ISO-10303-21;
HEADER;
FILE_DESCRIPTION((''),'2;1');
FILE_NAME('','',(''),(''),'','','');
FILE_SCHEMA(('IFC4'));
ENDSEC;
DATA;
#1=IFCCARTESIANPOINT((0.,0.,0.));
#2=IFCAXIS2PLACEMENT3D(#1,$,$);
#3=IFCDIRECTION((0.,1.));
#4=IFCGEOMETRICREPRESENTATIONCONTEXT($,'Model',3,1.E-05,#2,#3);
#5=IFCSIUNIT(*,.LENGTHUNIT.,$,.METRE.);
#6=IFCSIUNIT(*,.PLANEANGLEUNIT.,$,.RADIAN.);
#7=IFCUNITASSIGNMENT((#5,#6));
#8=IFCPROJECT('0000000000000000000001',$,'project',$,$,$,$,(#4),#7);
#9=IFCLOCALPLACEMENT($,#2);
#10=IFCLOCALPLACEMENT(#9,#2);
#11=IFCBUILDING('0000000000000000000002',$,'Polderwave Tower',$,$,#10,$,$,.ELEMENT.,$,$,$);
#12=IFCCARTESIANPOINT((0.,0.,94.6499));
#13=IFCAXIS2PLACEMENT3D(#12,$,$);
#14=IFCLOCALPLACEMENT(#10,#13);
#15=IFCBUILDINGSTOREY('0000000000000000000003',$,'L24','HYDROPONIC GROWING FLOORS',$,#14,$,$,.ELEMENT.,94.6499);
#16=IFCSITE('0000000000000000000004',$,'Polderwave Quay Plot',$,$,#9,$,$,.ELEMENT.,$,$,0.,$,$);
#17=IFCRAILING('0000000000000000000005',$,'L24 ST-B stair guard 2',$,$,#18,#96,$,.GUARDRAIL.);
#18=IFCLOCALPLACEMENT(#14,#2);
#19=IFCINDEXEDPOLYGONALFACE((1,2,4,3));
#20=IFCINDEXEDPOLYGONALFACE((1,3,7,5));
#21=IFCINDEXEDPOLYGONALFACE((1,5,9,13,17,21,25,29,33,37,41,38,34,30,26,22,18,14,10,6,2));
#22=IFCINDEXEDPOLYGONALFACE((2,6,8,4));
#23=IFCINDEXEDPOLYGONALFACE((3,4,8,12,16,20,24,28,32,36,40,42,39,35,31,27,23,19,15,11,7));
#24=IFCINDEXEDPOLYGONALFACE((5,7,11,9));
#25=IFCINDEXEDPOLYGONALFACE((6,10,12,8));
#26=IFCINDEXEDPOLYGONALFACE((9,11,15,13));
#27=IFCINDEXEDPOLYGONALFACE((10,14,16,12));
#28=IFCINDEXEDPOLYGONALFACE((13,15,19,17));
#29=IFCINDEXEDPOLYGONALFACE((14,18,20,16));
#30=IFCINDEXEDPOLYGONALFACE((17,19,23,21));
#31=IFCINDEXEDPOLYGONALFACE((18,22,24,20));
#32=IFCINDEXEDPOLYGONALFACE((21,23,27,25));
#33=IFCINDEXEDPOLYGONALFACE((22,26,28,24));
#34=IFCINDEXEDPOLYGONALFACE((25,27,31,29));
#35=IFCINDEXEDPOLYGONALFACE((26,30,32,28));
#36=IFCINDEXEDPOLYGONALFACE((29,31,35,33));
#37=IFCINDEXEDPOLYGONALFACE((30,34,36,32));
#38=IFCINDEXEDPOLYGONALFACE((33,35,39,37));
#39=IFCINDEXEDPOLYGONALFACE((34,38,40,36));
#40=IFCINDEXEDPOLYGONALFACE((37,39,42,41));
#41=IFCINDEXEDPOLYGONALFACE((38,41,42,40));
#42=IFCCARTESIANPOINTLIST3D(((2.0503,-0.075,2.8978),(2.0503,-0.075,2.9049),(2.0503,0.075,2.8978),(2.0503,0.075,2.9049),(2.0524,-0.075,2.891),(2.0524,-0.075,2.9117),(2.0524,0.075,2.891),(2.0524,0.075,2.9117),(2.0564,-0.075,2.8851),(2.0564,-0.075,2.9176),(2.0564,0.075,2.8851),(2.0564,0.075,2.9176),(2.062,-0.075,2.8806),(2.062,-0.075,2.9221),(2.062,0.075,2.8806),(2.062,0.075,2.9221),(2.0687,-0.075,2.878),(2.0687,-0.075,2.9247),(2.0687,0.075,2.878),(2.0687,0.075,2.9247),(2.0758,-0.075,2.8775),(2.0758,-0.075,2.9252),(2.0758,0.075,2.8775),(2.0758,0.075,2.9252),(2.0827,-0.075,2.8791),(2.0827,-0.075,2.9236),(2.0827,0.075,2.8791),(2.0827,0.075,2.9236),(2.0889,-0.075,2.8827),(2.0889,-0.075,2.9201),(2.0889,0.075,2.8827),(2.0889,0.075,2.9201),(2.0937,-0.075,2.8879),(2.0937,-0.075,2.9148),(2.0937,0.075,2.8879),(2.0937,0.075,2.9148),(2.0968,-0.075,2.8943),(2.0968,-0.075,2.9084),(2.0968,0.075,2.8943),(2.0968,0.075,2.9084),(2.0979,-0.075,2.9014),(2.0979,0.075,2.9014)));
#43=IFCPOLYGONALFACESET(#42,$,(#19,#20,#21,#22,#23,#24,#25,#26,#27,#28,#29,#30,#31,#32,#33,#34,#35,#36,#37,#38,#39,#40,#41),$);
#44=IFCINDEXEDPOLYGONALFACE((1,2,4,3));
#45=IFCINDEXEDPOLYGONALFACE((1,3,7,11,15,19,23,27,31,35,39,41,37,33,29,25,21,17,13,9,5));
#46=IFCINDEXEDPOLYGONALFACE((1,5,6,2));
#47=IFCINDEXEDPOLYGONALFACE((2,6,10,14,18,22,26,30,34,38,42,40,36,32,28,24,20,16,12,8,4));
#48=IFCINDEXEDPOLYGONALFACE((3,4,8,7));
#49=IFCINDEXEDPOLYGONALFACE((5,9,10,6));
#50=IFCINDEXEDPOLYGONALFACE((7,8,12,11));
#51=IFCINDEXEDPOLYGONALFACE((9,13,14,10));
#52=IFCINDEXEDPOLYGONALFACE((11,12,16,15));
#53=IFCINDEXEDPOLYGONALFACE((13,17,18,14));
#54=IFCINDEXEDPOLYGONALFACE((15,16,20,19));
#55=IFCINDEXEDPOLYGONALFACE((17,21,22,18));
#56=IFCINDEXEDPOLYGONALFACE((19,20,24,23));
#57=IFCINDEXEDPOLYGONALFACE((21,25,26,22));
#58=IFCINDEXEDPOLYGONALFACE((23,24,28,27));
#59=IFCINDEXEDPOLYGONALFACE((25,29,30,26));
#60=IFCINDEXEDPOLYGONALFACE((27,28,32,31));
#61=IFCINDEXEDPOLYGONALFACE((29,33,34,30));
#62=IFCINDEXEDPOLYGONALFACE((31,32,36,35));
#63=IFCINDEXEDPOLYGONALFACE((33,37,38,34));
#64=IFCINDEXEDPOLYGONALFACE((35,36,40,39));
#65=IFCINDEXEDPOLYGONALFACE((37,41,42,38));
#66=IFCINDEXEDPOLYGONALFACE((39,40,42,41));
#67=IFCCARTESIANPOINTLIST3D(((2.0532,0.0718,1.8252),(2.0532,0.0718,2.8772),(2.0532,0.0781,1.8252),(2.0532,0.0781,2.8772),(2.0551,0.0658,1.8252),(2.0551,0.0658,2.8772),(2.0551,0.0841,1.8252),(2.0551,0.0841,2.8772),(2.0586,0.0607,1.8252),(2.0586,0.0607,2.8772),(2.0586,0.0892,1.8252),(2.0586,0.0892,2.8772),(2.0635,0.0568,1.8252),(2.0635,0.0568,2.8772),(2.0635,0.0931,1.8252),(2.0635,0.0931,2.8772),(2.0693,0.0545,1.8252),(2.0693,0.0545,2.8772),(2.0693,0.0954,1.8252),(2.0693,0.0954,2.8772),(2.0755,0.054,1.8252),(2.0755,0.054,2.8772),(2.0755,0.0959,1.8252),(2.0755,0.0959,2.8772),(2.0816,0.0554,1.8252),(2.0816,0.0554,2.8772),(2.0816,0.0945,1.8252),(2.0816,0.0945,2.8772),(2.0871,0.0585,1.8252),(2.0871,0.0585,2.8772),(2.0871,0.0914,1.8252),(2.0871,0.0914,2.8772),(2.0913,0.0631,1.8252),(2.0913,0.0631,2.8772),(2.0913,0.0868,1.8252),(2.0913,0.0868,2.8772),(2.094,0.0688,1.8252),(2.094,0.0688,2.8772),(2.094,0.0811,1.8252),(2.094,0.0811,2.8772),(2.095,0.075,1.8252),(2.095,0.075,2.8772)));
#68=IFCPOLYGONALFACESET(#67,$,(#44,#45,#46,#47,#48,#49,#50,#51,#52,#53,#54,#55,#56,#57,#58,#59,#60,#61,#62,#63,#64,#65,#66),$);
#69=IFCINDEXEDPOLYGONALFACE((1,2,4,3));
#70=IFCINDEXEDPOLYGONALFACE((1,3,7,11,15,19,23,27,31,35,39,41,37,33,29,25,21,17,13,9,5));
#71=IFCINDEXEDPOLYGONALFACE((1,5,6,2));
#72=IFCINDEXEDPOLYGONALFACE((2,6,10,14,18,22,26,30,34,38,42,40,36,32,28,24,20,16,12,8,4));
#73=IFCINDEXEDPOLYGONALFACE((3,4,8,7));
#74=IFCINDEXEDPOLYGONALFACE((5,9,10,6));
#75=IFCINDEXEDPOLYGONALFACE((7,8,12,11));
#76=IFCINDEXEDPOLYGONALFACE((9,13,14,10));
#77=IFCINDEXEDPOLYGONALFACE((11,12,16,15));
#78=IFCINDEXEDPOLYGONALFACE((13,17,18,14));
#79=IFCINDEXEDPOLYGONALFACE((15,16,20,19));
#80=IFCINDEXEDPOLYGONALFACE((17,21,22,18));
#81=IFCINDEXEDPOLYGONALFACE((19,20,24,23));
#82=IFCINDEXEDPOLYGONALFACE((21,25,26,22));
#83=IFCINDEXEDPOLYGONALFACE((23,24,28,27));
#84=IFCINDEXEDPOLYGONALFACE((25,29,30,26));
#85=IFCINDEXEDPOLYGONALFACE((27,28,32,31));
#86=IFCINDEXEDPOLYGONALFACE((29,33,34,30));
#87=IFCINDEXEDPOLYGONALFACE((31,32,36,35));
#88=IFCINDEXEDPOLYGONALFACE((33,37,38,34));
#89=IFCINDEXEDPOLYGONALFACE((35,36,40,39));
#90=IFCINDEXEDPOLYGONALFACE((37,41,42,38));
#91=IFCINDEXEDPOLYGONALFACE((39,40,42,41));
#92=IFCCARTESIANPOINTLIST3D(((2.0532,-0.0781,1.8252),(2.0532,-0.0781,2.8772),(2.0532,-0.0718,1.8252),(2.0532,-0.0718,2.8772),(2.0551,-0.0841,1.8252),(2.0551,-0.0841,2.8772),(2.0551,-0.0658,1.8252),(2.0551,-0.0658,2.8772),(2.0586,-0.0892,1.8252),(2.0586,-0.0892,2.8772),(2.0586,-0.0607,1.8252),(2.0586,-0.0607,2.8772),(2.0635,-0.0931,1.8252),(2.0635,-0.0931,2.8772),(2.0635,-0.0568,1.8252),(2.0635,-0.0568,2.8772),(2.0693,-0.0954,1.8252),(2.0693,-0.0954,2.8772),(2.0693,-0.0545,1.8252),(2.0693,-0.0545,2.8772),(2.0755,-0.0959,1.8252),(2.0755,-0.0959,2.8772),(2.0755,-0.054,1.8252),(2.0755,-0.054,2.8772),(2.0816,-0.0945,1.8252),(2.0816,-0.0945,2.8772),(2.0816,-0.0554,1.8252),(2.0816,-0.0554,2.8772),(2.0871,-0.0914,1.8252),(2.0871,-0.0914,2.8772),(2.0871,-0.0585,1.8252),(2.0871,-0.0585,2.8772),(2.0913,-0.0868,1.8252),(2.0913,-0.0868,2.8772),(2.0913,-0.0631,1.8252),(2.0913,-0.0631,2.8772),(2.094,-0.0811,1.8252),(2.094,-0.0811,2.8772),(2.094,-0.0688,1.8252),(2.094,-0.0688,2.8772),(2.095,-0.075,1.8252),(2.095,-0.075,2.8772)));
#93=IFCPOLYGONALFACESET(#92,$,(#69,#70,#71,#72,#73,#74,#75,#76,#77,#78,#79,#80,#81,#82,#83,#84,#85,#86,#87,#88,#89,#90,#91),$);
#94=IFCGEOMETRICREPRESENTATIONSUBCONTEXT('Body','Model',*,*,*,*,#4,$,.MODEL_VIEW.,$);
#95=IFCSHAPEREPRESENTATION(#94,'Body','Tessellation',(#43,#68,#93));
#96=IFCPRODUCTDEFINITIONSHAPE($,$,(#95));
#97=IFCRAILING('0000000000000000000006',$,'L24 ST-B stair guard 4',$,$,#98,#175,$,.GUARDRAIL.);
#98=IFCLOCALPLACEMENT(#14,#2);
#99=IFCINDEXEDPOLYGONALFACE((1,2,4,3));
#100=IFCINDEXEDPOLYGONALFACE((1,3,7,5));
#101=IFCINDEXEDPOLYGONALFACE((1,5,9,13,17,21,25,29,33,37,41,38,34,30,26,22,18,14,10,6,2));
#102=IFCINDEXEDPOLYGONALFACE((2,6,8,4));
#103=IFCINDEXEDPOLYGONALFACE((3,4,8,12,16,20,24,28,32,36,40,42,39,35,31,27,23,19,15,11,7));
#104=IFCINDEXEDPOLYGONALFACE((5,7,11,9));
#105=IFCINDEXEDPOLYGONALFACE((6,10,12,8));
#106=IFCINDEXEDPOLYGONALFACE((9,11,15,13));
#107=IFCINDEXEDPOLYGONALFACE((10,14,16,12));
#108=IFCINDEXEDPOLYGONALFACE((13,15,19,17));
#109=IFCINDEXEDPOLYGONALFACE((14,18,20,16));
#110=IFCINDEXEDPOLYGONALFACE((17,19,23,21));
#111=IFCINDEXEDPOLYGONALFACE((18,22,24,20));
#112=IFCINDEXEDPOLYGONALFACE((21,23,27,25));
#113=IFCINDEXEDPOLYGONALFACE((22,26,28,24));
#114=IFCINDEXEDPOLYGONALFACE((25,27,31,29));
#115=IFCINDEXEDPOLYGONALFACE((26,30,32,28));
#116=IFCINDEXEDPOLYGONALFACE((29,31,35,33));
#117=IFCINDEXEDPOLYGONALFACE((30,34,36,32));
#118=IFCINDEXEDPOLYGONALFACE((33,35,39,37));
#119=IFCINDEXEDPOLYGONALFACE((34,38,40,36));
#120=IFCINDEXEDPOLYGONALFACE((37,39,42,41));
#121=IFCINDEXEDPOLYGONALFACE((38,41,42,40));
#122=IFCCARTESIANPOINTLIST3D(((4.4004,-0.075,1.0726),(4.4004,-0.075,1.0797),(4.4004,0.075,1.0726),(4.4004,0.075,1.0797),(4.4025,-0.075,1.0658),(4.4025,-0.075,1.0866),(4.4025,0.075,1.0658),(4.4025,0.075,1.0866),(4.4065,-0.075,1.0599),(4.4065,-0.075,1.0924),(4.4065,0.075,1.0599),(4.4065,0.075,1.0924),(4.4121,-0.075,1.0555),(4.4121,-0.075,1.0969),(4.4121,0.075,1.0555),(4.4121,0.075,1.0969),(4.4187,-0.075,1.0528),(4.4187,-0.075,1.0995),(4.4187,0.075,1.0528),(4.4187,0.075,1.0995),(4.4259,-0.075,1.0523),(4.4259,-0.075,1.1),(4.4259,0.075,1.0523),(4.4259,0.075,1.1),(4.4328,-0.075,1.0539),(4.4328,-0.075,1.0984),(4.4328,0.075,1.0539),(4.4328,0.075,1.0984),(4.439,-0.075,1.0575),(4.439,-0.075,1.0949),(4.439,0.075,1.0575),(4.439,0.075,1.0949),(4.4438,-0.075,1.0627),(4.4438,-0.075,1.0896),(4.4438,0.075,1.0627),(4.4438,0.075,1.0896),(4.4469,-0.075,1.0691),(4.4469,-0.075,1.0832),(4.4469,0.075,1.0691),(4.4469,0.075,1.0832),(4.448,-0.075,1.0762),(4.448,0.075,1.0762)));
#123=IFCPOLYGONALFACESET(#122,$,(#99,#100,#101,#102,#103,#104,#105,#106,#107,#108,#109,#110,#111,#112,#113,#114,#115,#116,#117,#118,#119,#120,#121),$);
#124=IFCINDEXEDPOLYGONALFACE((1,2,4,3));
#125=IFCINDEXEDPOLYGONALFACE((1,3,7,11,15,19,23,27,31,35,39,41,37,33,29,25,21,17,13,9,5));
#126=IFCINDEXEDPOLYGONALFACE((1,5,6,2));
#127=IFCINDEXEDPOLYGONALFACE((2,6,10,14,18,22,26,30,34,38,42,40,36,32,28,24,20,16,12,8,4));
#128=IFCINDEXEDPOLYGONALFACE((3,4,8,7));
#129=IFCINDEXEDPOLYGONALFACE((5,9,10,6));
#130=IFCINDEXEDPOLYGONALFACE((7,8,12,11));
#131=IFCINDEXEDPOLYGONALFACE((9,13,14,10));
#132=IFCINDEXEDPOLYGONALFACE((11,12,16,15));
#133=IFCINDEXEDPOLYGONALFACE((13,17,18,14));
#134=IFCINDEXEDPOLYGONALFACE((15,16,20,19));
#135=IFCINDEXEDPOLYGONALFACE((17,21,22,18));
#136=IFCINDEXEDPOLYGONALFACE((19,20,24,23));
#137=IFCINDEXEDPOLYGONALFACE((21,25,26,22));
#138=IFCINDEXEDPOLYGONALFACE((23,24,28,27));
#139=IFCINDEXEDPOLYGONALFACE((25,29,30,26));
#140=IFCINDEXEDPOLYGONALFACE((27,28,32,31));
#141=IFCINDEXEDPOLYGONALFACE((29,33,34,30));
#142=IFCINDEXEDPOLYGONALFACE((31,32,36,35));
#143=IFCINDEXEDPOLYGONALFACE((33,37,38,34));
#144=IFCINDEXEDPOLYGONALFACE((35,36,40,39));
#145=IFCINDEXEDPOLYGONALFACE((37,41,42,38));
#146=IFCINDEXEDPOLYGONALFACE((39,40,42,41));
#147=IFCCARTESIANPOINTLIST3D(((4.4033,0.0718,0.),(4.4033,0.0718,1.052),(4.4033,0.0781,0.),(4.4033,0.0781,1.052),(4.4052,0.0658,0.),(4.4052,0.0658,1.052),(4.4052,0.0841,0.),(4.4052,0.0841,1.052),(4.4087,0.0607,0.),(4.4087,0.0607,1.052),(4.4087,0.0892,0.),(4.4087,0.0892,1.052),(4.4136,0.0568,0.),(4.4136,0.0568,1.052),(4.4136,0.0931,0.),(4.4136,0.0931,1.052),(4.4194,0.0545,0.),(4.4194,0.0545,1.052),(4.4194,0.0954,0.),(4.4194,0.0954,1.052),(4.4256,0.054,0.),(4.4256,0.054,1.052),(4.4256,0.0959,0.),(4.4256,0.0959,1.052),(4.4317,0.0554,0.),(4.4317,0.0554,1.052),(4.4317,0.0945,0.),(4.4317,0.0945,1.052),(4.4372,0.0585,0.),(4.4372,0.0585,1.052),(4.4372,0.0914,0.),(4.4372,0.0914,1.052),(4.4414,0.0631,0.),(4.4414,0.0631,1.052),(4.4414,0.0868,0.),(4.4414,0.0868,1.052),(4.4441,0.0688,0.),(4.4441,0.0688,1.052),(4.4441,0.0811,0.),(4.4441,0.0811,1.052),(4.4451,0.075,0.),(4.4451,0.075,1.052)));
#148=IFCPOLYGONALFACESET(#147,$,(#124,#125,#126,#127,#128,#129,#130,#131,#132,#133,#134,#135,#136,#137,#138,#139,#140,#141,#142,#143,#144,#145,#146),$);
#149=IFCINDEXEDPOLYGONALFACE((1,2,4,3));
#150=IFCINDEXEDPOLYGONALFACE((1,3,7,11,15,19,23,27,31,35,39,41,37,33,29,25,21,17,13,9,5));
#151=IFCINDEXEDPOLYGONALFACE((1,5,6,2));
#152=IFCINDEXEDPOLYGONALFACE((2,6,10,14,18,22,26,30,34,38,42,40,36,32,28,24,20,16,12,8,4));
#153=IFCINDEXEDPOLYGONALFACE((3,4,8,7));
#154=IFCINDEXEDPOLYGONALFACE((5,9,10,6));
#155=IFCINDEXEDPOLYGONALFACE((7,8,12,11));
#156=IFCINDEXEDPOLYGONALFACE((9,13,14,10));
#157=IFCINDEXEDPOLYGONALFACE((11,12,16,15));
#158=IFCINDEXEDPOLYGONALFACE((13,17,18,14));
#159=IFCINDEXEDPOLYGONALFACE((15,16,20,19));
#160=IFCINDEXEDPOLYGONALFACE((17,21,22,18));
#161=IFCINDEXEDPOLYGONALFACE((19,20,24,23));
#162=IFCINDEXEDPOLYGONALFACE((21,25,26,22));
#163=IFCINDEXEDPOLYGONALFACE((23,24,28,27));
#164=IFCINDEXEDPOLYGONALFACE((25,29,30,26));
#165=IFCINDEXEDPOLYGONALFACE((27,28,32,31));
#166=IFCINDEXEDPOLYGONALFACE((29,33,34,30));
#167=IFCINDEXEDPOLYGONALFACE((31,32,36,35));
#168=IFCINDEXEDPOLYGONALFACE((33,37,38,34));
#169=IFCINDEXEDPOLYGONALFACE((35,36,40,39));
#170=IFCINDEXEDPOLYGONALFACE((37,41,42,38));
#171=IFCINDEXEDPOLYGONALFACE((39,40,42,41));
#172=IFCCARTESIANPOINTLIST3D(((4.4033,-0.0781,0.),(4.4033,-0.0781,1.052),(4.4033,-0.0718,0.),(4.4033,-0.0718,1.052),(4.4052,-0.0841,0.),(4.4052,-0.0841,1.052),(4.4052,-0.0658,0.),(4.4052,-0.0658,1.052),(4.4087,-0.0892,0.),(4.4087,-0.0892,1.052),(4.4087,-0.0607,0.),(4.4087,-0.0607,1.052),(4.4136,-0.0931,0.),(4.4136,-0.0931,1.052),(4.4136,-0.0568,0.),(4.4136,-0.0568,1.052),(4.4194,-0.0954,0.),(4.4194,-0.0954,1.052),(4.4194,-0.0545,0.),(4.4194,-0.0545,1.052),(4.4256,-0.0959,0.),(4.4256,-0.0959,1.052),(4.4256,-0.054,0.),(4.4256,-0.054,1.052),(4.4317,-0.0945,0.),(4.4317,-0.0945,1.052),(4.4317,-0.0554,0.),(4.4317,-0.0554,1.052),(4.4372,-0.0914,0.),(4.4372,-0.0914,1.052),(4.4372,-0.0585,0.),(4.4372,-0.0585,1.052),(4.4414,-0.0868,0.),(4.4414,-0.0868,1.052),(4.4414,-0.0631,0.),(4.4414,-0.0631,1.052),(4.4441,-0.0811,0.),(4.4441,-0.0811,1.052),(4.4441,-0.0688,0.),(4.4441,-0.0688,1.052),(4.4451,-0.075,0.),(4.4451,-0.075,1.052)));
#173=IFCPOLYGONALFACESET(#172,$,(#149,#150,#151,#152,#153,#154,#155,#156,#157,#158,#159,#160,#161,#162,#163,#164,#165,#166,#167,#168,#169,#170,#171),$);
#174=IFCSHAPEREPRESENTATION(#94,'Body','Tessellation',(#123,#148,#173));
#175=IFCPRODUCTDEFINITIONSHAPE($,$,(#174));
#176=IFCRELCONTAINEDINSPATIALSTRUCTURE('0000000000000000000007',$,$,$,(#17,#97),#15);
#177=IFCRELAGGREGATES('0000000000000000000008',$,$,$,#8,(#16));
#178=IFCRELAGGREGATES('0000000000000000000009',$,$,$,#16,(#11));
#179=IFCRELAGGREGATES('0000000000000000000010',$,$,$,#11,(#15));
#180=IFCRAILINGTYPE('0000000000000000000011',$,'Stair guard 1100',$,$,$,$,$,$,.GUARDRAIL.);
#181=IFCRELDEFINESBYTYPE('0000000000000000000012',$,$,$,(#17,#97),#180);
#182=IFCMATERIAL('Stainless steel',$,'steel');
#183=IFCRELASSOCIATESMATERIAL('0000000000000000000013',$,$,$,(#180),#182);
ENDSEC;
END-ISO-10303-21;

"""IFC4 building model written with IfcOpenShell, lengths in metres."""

from ifc_helpers import new_model, si_unit, direction, frame, origin, origin_2d, place, context, subcontext, project, spatial, circle, extrude, material, type_object, element, save


model = new_model("IFC4")

# Units and contexts
model_context = context("Model", 3, precision=1e-05, world=origin(), true_north=direction((0.0, 1.0)))
body_context = subcontext(model_context, "Body", "Model", "MODEL_VIEW")
ifc_project = project(units=[si_unit("LENGTHUNIT", "METRE"), si_unit("PLANEANGLEUNIT", "RADIAN")], contexts=[model_context])

# Site, building, storey
site_placement = place(None, origin())
site = spatial("IfcSite", under=ifc_project, at=site_placement, Name="Polderwave Quay Plot", CompositionType="ELEMENT", RefElevation=0.0)
building_placement = place(site_placement, origin())
building = spatial("IfcBuilding", under=site, at=building_placement, Name="Polderwave Tower", CompositionType="ELEMENT")
storey_placement = place(building_placement, frame((0.0, 0.0, 94.6499)))
storey = spatial("IfcBuildingStorey", under=building, at=storey_placement, Name="L24", Description="HYDROPONIC GROWING FLOORS", CompositionType="ELEMENT", Elevation=94.6499)

# Railings
ifc_material_1 = material(Name="Stainless steel", Category="steel")
railing_type_1 = type_object("IfcRailingType", Name="Stair guard 1100", PredefinedType="GUARDRAIL", material=ifc_material_1)
for number, where, name in (
    (1, (2.074, 0.075, 1.8252), "L24 ST-B stair guard 2"),
    (2, (4.4241, 0.075, 0.0), "L24 ST-B stair guard 4"),
):
    element("IfcRailing", number, at=place(storey_placement, frame(where)), inside=storey, type_object=railing_type_1, Name=name, PredefinedType="GUARDRAIL", context=body_context, shape_type="SweptSolid", body=[
        extrude(circle(Radius=0.0239, at=origin_2d()), frame((0.0, 0.0, 1.0762), z_axis=(0.0, -1.0, 0.0), x_axis=(1.0, 0.0, 0.0)), (0.0, 0.0, 1.0), 0.1499),
        extrude(circle(Radius=0.021, at=origin_2d()), origin(), (0.0, 0.0, 1.0), 1.052),
        extrude(circle(Radius=0.021, at=origin_2d()), frame((0.0, -0.1499, 0.0)), (0.0, 0.0, 1.0), 1.052),
    ])

save(model, "model.ifc")
